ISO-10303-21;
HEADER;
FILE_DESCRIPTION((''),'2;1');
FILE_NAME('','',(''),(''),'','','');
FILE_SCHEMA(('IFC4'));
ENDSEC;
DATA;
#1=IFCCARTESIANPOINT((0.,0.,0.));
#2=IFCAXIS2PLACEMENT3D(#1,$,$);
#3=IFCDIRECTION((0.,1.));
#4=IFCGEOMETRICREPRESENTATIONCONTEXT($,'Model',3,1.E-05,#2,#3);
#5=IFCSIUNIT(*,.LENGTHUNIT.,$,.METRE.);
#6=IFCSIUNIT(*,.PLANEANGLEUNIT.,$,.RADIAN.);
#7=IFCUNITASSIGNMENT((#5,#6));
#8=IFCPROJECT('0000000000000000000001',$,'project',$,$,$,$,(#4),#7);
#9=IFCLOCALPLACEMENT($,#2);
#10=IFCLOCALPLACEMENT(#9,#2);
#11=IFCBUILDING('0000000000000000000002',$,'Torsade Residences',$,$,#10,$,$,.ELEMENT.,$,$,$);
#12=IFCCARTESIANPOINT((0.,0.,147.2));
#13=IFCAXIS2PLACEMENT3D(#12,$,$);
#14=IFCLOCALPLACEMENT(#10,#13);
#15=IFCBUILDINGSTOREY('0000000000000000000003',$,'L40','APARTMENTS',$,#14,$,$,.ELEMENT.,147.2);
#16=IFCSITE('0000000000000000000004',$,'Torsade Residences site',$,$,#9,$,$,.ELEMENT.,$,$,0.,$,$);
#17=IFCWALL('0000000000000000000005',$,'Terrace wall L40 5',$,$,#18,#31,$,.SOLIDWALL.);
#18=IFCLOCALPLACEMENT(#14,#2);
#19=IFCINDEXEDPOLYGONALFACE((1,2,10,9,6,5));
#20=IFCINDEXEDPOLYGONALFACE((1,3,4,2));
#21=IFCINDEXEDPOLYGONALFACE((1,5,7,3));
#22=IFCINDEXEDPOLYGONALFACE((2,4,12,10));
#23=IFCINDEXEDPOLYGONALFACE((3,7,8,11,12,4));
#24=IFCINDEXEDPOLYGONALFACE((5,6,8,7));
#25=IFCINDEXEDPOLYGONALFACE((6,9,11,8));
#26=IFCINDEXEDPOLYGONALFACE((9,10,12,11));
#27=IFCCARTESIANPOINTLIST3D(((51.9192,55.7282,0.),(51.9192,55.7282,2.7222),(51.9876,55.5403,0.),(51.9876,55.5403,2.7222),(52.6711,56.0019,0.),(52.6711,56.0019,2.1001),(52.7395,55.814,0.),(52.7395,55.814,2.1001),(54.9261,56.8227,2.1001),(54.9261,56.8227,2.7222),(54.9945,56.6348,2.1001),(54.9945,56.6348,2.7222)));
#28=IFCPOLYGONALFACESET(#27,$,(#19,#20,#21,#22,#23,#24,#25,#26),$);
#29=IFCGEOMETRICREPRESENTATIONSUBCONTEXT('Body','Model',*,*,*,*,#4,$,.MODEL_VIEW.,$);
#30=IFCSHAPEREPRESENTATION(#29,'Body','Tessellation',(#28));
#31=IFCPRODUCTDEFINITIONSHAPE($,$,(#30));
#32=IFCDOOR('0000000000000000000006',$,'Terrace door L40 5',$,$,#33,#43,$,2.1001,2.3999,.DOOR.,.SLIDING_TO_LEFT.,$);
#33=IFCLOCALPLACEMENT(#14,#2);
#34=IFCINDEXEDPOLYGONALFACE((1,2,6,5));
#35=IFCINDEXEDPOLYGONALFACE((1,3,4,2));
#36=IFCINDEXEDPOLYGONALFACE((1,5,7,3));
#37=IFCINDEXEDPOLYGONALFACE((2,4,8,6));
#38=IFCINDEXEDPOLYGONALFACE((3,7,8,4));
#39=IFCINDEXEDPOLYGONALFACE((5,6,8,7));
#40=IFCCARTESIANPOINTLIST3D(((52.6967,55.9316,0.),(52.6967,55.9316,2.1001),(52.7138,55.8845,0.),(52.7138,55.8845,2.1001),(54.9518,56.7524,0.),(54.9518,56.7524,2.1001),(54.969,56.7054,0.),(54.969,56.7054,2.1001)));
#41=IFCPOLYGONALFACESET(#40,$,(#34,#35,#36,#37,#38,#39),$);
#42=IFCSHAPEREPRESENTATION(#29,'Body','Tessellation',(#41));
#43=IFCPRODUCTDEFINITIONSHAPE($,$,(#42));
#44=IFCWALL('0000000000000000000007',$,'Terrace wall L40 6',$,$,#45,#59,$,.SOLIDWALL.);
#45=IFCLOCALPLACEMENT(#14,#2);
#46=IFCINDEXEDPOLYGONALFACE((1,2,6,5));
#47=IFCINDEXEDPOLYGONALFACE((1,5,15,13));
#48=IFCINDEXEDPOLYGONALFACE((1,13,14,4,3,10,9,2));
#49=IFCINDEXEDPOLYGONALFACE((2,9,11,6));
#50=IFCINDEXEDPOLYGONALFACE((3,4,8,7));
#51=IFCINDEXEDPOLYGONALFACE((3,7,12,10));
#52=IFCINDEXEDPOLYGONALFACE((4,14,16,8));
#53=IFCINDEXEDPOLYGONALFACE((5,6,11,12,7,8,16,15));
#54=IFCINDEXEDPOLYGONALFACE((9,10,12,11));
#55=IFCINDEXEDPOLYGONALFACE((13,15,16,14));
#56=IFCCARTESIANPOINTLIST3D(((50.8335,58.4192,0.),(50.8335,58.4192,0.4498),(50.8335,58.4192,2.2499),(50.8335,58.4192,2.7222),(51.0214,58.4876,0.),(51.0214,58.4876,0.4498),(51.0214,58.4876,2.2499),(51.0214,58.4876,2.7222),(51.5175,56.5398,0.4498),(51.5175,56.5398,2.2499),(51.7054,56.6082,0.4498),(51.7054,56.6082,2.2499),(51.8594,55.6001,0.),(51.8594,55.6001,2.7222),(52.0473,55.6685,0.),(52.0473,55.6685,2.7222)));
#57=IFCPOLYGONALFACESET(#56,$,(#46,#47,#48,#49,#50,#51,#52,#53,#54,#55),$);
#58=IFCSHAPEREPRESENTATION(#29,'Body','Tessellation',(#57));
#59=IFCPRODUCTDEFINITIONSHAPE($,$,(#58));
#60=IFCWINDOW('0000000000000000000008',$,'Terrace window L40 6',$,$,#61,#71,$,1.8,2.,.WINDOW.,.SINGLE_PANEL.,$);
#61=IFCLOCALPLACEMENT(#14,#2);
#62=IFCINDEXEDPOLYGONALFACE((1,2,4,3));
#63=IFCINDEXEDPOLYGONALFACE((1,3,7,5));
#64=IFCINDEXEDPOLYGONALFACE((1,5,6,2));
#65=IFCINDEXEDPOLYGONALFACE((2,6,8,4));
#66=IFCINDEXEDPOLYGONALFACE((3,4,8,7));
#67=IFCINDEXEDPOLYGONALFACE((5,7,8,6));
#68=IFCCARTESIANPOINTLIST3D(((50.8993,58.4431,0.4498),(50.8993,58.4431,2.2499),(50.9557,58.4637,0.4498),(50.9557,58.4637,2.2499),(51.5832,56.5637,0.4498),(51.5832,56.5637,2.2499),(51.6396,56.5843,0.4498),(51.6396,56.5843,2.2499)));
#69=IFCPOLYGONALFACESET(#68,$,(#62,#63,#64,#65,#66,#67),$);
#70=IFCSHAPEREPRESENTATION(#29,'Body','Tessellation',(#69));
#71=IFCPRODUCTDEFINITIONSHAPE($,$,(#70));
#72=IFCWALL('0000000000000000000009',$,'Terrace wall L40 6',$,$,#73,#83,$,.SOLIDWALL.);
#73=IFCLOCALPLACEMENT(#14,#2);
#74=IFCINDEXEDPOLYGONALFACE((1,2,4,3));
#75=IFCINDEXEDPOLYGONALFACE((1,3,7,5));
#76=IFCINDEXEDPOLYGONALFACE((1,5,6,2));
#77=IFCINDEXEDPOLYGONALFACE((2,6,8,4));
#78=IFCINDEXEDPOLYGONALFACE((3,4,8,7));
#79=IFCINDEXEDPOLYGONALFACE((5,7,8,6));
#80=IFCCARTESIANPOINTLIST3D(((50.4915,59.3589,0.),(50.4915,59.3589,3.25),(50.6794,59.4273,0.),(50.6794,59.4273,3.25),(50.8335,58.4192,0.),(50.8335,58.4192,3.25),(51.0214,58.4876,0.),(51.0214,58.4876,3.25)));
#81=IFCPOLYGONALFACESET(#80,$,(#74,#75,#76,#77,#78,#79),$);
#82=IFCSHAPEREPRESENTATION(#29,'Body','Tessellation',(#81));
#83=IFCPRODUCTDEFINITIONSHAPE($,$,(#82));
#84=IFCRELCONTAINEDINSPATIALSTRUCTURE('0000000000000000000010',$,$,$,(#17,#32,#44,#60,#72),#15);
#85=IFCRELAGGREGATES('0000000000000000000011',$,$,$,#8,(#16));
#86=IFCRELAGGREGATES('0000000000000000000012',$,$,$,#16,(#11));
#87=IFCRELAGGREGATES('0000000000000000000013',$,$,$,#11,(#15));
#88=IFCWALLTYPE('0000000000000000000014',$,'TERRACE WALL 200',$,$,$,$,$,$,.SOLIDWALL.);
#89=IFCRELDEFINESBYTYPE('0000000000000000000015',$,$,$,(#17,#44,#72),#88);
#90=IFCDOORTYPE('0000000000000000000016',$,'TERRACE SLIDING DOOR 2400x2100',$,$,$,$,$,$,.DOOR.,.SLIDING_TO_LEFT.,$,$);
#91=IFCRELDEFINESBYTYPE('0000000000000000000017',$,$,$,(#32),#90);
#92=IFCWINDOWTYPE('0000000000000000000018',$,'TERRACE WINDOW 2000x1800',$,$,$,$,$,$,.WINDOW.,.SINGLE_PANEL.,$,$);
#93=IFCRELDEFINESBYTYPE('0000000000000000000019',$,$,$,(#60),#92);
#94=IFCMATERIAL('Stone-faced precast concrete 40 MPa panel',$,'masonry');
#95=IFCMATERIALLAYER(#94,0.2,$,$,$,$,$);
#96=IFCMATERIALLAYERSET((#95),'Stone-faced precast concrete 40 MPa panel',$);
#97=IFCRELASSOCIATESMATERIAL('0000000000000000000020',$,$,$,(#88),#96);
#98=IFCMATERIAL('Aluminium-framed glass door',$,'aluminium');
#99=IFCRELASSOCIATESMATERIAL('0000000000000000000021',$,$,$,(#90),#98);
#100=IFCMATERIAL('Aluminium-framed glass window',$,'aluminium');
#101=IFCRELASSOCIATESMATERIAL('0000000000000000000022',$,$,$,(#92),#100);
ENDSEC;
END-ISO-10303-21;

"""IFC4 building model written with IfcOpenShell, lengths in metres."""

from ifc_helpers import new_model, si_unit, direction, frame, frame_2d, origin, place, context, subcontext, project, spatial, rectangle, extrude, material, layer, layer_set, type_object, element, fill, save


model = new_model("IFC4")

# Units and contexts
model_context = context("Model", 3, precision=1e-05, world=origin(), true_north=direction((0.0, 1.0)))
body_context = subcontext(model_context, "Body", "Model", "MODEL_VIEW")
ifc_project = project(units=[si_unit("LENGTHUNIT", "METRE"), si_unit("PLANEANGLEUNIT", "RADIAN")], contexts=[model_context])

# Site, building, storey
site_placement = place(None, origin())
site = spatial("IfcSite", under=ifc_project, at=site_placement, Name="Torsade Residences site", CompositionType="ELEMENT", RefElevation=0.0)
building_placement = place(site_placement, origin())
building = spatial("IfcBuilding", under=site, at=building_placement, Name="Torsade Residences", CompositionType="ELEMENT")
storey_placement = place(building_placement, frame((0.0, 0.0, 147.2)))
storey = spatial("IfcBuildingStorey", under=building, at=storey_placement, Name="L40", Description="APARTMENTS", CompositionType="ELEMENT", Elevation=147.2)

# Shared definitions
ifc_material_1 = material(Name="Stone-faced precast concrete 40 MPa panel", Category="masonry")
ifc_layer_1 = layer(ifc_material_1, 0.2)
ifc_layer_set_1 = layer_set([ifc_layer_1], Name="Stone-faced precast concrete 40 MPa panel")
wall_type_1 = type_object("IfcWallType", Name="TERRACE WALL 200", PredefinedType="SOLIDWALL", material=ifc_layer_set_1)

# Wall, opening, door
wall_1_placement = place(storey_placement, frame((54.9604, 56.7288, 0.0), z_axis=(0.0, 0.0, 1.0), x_axis=(-0.939693, -0.342019, 0.0)))
wall_1 = element("IfcWall", 1, at=wall_1_placement, inside=storey, type_object=wall_type_1, Name="Terrace wall L40 5", PredefinedType="SOLIDWALL", context=body_context, shape_type="SweptSolid", body=[
    extrude(rectangle(XDim=3.2, YDim=0.2, at=frame_2d((1.6001, 0.0))), origin(), (0.0, 0.0, 1.0), 2.7222),
])
opening_1_placement = place(wall_1_placement, origin())
opening_1 = element("IfcOpeningElement", 2, at=opening_1_placement, cuts=wall_1, PredefinedType="OPENING", context=body_context, shape_type="SweptSolid", body=[
    extrude(rectangle(XDim=2.3999, YDim=2.1001, at=frame_2d((1.2, 1.05))), frame((0.0, 0.1099, 0.0), z_axis=(0.0, -1.0, 0.0), x_axis=(1.0, 0.0, 0.0)), (0.0, 0.0, 1.0), 0.22),
])
ifc_material_2 = material(Name="Aluminium-framed glass door", Category="aluminium")
door_type_1 = type_object("IfcDoorType", Name="TERRACE SLIDING DOOR 2400x2100", OperationType="SLIDING_TO_LEFT", PredefinedType="DOOR", material=ifc_material_2)
door_1_placement = place(opening_1_placement, origin())
door_1 = element("IfcDoor", 3, at=door_1_placement, inside=storey, type_object=door_type_1, Name="Terrace door L40 5", OperationType="SLIDING_TO_LEFT", OverallHeight=2.1001, OverallWidth=2.3999, PredefinedType="DOOR", context=body_context, shape_type="SweptSolid", body=[
    extrude(rectangle(XDim=2.3999, YDim=2.1001, at=frame_2d((1.2, 1.05))), frame((0.0, 0.0249, 0.0), z_axis=(0.0, -1.0, 0.0), x_axis=(1.0, 0.0, 0.0)), (0.0, 0.0, 1.0), 0.05),
])
fill(opening_1, door_1)

# Wall, opening, window
wall_2_placement = place(storey_placement, frame((51.9534, 55.6343, 0.0), z_axis=(0.0, 0.0, 1.0), x_axis=(-0.341965, 0.939713, 0.0)))
wall_2 = element("IfcWall", 4, at=wall_2_placement, inside=storey, type_object=wall_type_1, Name="Terrace wall L40 6", PredefinedType="SOLIDWALL", context=body_context, shape_type="SweptSolid", body=[
    extrude(rectangle(XDim=3.0, YDim=0.2, at=frame_2d((1.5, 0.0))), origin(), (0.0, 0.0, 1.0), 2.7222),
])
opening_2_placement = place(wall_2_placement, frame((1.0, 0.0, 0.45)))
opening_2 = element("IfcOpeningElement", 5, at=opening_2_placement, cuts=wall_2, PredefinedType="OPENING", context=body_context, shape_type="SweptSolid", body=[
    extrude(rectangle(XDim=2.0, YDim=1.8, at=frame_2d((1.0, 0.8999))), frame((0.0, 0.1099, 0.0), z_axis=(0.0, -1.0, 0.0), x_axis=(1.0, 0.0, 0.0)), (0.0, 0.0, 1.0), 0.22),
])
ifc_material_3 = material(Name="Aluminium-framed glass window", Category="aluminium")
window_type = type_object("IfcWindowType", Name="TERRACE WINDOW 2000x1800", PartitioningType="SINGLE_PANEL", PredefinedType="WINDOW", material=ifc_material_3)
window_placement = place(opening_2_placement, origin())
window = element("IfcWindow", 6, at=window_placement, inside=storey, type_object=window_type, Name="Terrace window L40 6", OverallHeight=1.8, OverallWidth=2.0, PartitioningType="SINGLE_PANEL", PredefinedType="WINDOW", context=body_context, shape_type="SweptSolid", body=[
    extrude(rectangle(XDim=2.0, YDim=1.8, at=frame_2d((1.0, 0.8999))), frame((0.0, 0.03, 0.0), z_axis=(0.0, -1.0, 0.0), x_axis=(1.0, 0.0, 0.0)), (0.0, 0.0, 1.0), 0.0601),
])
fill(opening_2, window)

# Wall
wall_3_placement = place(storey_placement, frame((50.9275, 58.4534, 0.0), z_axis=(0.0, 0.0, 1.0), x_axis=(-0.342037, 0.939686, 0.0)))
element("IfcWall", 7, at=wall_3_placement, inside=storey, type_object=wall_type_1, Name="Terrace wall L40 6", PredefinedType="SOLIDWALL", context=body_context, shape_type="SweptSolid", body=[
    extrude(rectangle(XDim=1.0, YDim=0.2, at=frame_2d((0.5, 0.0))), origin(), (0.0, 0.0, 1.0), 3.25),
])

save(model, "model.ifc")
